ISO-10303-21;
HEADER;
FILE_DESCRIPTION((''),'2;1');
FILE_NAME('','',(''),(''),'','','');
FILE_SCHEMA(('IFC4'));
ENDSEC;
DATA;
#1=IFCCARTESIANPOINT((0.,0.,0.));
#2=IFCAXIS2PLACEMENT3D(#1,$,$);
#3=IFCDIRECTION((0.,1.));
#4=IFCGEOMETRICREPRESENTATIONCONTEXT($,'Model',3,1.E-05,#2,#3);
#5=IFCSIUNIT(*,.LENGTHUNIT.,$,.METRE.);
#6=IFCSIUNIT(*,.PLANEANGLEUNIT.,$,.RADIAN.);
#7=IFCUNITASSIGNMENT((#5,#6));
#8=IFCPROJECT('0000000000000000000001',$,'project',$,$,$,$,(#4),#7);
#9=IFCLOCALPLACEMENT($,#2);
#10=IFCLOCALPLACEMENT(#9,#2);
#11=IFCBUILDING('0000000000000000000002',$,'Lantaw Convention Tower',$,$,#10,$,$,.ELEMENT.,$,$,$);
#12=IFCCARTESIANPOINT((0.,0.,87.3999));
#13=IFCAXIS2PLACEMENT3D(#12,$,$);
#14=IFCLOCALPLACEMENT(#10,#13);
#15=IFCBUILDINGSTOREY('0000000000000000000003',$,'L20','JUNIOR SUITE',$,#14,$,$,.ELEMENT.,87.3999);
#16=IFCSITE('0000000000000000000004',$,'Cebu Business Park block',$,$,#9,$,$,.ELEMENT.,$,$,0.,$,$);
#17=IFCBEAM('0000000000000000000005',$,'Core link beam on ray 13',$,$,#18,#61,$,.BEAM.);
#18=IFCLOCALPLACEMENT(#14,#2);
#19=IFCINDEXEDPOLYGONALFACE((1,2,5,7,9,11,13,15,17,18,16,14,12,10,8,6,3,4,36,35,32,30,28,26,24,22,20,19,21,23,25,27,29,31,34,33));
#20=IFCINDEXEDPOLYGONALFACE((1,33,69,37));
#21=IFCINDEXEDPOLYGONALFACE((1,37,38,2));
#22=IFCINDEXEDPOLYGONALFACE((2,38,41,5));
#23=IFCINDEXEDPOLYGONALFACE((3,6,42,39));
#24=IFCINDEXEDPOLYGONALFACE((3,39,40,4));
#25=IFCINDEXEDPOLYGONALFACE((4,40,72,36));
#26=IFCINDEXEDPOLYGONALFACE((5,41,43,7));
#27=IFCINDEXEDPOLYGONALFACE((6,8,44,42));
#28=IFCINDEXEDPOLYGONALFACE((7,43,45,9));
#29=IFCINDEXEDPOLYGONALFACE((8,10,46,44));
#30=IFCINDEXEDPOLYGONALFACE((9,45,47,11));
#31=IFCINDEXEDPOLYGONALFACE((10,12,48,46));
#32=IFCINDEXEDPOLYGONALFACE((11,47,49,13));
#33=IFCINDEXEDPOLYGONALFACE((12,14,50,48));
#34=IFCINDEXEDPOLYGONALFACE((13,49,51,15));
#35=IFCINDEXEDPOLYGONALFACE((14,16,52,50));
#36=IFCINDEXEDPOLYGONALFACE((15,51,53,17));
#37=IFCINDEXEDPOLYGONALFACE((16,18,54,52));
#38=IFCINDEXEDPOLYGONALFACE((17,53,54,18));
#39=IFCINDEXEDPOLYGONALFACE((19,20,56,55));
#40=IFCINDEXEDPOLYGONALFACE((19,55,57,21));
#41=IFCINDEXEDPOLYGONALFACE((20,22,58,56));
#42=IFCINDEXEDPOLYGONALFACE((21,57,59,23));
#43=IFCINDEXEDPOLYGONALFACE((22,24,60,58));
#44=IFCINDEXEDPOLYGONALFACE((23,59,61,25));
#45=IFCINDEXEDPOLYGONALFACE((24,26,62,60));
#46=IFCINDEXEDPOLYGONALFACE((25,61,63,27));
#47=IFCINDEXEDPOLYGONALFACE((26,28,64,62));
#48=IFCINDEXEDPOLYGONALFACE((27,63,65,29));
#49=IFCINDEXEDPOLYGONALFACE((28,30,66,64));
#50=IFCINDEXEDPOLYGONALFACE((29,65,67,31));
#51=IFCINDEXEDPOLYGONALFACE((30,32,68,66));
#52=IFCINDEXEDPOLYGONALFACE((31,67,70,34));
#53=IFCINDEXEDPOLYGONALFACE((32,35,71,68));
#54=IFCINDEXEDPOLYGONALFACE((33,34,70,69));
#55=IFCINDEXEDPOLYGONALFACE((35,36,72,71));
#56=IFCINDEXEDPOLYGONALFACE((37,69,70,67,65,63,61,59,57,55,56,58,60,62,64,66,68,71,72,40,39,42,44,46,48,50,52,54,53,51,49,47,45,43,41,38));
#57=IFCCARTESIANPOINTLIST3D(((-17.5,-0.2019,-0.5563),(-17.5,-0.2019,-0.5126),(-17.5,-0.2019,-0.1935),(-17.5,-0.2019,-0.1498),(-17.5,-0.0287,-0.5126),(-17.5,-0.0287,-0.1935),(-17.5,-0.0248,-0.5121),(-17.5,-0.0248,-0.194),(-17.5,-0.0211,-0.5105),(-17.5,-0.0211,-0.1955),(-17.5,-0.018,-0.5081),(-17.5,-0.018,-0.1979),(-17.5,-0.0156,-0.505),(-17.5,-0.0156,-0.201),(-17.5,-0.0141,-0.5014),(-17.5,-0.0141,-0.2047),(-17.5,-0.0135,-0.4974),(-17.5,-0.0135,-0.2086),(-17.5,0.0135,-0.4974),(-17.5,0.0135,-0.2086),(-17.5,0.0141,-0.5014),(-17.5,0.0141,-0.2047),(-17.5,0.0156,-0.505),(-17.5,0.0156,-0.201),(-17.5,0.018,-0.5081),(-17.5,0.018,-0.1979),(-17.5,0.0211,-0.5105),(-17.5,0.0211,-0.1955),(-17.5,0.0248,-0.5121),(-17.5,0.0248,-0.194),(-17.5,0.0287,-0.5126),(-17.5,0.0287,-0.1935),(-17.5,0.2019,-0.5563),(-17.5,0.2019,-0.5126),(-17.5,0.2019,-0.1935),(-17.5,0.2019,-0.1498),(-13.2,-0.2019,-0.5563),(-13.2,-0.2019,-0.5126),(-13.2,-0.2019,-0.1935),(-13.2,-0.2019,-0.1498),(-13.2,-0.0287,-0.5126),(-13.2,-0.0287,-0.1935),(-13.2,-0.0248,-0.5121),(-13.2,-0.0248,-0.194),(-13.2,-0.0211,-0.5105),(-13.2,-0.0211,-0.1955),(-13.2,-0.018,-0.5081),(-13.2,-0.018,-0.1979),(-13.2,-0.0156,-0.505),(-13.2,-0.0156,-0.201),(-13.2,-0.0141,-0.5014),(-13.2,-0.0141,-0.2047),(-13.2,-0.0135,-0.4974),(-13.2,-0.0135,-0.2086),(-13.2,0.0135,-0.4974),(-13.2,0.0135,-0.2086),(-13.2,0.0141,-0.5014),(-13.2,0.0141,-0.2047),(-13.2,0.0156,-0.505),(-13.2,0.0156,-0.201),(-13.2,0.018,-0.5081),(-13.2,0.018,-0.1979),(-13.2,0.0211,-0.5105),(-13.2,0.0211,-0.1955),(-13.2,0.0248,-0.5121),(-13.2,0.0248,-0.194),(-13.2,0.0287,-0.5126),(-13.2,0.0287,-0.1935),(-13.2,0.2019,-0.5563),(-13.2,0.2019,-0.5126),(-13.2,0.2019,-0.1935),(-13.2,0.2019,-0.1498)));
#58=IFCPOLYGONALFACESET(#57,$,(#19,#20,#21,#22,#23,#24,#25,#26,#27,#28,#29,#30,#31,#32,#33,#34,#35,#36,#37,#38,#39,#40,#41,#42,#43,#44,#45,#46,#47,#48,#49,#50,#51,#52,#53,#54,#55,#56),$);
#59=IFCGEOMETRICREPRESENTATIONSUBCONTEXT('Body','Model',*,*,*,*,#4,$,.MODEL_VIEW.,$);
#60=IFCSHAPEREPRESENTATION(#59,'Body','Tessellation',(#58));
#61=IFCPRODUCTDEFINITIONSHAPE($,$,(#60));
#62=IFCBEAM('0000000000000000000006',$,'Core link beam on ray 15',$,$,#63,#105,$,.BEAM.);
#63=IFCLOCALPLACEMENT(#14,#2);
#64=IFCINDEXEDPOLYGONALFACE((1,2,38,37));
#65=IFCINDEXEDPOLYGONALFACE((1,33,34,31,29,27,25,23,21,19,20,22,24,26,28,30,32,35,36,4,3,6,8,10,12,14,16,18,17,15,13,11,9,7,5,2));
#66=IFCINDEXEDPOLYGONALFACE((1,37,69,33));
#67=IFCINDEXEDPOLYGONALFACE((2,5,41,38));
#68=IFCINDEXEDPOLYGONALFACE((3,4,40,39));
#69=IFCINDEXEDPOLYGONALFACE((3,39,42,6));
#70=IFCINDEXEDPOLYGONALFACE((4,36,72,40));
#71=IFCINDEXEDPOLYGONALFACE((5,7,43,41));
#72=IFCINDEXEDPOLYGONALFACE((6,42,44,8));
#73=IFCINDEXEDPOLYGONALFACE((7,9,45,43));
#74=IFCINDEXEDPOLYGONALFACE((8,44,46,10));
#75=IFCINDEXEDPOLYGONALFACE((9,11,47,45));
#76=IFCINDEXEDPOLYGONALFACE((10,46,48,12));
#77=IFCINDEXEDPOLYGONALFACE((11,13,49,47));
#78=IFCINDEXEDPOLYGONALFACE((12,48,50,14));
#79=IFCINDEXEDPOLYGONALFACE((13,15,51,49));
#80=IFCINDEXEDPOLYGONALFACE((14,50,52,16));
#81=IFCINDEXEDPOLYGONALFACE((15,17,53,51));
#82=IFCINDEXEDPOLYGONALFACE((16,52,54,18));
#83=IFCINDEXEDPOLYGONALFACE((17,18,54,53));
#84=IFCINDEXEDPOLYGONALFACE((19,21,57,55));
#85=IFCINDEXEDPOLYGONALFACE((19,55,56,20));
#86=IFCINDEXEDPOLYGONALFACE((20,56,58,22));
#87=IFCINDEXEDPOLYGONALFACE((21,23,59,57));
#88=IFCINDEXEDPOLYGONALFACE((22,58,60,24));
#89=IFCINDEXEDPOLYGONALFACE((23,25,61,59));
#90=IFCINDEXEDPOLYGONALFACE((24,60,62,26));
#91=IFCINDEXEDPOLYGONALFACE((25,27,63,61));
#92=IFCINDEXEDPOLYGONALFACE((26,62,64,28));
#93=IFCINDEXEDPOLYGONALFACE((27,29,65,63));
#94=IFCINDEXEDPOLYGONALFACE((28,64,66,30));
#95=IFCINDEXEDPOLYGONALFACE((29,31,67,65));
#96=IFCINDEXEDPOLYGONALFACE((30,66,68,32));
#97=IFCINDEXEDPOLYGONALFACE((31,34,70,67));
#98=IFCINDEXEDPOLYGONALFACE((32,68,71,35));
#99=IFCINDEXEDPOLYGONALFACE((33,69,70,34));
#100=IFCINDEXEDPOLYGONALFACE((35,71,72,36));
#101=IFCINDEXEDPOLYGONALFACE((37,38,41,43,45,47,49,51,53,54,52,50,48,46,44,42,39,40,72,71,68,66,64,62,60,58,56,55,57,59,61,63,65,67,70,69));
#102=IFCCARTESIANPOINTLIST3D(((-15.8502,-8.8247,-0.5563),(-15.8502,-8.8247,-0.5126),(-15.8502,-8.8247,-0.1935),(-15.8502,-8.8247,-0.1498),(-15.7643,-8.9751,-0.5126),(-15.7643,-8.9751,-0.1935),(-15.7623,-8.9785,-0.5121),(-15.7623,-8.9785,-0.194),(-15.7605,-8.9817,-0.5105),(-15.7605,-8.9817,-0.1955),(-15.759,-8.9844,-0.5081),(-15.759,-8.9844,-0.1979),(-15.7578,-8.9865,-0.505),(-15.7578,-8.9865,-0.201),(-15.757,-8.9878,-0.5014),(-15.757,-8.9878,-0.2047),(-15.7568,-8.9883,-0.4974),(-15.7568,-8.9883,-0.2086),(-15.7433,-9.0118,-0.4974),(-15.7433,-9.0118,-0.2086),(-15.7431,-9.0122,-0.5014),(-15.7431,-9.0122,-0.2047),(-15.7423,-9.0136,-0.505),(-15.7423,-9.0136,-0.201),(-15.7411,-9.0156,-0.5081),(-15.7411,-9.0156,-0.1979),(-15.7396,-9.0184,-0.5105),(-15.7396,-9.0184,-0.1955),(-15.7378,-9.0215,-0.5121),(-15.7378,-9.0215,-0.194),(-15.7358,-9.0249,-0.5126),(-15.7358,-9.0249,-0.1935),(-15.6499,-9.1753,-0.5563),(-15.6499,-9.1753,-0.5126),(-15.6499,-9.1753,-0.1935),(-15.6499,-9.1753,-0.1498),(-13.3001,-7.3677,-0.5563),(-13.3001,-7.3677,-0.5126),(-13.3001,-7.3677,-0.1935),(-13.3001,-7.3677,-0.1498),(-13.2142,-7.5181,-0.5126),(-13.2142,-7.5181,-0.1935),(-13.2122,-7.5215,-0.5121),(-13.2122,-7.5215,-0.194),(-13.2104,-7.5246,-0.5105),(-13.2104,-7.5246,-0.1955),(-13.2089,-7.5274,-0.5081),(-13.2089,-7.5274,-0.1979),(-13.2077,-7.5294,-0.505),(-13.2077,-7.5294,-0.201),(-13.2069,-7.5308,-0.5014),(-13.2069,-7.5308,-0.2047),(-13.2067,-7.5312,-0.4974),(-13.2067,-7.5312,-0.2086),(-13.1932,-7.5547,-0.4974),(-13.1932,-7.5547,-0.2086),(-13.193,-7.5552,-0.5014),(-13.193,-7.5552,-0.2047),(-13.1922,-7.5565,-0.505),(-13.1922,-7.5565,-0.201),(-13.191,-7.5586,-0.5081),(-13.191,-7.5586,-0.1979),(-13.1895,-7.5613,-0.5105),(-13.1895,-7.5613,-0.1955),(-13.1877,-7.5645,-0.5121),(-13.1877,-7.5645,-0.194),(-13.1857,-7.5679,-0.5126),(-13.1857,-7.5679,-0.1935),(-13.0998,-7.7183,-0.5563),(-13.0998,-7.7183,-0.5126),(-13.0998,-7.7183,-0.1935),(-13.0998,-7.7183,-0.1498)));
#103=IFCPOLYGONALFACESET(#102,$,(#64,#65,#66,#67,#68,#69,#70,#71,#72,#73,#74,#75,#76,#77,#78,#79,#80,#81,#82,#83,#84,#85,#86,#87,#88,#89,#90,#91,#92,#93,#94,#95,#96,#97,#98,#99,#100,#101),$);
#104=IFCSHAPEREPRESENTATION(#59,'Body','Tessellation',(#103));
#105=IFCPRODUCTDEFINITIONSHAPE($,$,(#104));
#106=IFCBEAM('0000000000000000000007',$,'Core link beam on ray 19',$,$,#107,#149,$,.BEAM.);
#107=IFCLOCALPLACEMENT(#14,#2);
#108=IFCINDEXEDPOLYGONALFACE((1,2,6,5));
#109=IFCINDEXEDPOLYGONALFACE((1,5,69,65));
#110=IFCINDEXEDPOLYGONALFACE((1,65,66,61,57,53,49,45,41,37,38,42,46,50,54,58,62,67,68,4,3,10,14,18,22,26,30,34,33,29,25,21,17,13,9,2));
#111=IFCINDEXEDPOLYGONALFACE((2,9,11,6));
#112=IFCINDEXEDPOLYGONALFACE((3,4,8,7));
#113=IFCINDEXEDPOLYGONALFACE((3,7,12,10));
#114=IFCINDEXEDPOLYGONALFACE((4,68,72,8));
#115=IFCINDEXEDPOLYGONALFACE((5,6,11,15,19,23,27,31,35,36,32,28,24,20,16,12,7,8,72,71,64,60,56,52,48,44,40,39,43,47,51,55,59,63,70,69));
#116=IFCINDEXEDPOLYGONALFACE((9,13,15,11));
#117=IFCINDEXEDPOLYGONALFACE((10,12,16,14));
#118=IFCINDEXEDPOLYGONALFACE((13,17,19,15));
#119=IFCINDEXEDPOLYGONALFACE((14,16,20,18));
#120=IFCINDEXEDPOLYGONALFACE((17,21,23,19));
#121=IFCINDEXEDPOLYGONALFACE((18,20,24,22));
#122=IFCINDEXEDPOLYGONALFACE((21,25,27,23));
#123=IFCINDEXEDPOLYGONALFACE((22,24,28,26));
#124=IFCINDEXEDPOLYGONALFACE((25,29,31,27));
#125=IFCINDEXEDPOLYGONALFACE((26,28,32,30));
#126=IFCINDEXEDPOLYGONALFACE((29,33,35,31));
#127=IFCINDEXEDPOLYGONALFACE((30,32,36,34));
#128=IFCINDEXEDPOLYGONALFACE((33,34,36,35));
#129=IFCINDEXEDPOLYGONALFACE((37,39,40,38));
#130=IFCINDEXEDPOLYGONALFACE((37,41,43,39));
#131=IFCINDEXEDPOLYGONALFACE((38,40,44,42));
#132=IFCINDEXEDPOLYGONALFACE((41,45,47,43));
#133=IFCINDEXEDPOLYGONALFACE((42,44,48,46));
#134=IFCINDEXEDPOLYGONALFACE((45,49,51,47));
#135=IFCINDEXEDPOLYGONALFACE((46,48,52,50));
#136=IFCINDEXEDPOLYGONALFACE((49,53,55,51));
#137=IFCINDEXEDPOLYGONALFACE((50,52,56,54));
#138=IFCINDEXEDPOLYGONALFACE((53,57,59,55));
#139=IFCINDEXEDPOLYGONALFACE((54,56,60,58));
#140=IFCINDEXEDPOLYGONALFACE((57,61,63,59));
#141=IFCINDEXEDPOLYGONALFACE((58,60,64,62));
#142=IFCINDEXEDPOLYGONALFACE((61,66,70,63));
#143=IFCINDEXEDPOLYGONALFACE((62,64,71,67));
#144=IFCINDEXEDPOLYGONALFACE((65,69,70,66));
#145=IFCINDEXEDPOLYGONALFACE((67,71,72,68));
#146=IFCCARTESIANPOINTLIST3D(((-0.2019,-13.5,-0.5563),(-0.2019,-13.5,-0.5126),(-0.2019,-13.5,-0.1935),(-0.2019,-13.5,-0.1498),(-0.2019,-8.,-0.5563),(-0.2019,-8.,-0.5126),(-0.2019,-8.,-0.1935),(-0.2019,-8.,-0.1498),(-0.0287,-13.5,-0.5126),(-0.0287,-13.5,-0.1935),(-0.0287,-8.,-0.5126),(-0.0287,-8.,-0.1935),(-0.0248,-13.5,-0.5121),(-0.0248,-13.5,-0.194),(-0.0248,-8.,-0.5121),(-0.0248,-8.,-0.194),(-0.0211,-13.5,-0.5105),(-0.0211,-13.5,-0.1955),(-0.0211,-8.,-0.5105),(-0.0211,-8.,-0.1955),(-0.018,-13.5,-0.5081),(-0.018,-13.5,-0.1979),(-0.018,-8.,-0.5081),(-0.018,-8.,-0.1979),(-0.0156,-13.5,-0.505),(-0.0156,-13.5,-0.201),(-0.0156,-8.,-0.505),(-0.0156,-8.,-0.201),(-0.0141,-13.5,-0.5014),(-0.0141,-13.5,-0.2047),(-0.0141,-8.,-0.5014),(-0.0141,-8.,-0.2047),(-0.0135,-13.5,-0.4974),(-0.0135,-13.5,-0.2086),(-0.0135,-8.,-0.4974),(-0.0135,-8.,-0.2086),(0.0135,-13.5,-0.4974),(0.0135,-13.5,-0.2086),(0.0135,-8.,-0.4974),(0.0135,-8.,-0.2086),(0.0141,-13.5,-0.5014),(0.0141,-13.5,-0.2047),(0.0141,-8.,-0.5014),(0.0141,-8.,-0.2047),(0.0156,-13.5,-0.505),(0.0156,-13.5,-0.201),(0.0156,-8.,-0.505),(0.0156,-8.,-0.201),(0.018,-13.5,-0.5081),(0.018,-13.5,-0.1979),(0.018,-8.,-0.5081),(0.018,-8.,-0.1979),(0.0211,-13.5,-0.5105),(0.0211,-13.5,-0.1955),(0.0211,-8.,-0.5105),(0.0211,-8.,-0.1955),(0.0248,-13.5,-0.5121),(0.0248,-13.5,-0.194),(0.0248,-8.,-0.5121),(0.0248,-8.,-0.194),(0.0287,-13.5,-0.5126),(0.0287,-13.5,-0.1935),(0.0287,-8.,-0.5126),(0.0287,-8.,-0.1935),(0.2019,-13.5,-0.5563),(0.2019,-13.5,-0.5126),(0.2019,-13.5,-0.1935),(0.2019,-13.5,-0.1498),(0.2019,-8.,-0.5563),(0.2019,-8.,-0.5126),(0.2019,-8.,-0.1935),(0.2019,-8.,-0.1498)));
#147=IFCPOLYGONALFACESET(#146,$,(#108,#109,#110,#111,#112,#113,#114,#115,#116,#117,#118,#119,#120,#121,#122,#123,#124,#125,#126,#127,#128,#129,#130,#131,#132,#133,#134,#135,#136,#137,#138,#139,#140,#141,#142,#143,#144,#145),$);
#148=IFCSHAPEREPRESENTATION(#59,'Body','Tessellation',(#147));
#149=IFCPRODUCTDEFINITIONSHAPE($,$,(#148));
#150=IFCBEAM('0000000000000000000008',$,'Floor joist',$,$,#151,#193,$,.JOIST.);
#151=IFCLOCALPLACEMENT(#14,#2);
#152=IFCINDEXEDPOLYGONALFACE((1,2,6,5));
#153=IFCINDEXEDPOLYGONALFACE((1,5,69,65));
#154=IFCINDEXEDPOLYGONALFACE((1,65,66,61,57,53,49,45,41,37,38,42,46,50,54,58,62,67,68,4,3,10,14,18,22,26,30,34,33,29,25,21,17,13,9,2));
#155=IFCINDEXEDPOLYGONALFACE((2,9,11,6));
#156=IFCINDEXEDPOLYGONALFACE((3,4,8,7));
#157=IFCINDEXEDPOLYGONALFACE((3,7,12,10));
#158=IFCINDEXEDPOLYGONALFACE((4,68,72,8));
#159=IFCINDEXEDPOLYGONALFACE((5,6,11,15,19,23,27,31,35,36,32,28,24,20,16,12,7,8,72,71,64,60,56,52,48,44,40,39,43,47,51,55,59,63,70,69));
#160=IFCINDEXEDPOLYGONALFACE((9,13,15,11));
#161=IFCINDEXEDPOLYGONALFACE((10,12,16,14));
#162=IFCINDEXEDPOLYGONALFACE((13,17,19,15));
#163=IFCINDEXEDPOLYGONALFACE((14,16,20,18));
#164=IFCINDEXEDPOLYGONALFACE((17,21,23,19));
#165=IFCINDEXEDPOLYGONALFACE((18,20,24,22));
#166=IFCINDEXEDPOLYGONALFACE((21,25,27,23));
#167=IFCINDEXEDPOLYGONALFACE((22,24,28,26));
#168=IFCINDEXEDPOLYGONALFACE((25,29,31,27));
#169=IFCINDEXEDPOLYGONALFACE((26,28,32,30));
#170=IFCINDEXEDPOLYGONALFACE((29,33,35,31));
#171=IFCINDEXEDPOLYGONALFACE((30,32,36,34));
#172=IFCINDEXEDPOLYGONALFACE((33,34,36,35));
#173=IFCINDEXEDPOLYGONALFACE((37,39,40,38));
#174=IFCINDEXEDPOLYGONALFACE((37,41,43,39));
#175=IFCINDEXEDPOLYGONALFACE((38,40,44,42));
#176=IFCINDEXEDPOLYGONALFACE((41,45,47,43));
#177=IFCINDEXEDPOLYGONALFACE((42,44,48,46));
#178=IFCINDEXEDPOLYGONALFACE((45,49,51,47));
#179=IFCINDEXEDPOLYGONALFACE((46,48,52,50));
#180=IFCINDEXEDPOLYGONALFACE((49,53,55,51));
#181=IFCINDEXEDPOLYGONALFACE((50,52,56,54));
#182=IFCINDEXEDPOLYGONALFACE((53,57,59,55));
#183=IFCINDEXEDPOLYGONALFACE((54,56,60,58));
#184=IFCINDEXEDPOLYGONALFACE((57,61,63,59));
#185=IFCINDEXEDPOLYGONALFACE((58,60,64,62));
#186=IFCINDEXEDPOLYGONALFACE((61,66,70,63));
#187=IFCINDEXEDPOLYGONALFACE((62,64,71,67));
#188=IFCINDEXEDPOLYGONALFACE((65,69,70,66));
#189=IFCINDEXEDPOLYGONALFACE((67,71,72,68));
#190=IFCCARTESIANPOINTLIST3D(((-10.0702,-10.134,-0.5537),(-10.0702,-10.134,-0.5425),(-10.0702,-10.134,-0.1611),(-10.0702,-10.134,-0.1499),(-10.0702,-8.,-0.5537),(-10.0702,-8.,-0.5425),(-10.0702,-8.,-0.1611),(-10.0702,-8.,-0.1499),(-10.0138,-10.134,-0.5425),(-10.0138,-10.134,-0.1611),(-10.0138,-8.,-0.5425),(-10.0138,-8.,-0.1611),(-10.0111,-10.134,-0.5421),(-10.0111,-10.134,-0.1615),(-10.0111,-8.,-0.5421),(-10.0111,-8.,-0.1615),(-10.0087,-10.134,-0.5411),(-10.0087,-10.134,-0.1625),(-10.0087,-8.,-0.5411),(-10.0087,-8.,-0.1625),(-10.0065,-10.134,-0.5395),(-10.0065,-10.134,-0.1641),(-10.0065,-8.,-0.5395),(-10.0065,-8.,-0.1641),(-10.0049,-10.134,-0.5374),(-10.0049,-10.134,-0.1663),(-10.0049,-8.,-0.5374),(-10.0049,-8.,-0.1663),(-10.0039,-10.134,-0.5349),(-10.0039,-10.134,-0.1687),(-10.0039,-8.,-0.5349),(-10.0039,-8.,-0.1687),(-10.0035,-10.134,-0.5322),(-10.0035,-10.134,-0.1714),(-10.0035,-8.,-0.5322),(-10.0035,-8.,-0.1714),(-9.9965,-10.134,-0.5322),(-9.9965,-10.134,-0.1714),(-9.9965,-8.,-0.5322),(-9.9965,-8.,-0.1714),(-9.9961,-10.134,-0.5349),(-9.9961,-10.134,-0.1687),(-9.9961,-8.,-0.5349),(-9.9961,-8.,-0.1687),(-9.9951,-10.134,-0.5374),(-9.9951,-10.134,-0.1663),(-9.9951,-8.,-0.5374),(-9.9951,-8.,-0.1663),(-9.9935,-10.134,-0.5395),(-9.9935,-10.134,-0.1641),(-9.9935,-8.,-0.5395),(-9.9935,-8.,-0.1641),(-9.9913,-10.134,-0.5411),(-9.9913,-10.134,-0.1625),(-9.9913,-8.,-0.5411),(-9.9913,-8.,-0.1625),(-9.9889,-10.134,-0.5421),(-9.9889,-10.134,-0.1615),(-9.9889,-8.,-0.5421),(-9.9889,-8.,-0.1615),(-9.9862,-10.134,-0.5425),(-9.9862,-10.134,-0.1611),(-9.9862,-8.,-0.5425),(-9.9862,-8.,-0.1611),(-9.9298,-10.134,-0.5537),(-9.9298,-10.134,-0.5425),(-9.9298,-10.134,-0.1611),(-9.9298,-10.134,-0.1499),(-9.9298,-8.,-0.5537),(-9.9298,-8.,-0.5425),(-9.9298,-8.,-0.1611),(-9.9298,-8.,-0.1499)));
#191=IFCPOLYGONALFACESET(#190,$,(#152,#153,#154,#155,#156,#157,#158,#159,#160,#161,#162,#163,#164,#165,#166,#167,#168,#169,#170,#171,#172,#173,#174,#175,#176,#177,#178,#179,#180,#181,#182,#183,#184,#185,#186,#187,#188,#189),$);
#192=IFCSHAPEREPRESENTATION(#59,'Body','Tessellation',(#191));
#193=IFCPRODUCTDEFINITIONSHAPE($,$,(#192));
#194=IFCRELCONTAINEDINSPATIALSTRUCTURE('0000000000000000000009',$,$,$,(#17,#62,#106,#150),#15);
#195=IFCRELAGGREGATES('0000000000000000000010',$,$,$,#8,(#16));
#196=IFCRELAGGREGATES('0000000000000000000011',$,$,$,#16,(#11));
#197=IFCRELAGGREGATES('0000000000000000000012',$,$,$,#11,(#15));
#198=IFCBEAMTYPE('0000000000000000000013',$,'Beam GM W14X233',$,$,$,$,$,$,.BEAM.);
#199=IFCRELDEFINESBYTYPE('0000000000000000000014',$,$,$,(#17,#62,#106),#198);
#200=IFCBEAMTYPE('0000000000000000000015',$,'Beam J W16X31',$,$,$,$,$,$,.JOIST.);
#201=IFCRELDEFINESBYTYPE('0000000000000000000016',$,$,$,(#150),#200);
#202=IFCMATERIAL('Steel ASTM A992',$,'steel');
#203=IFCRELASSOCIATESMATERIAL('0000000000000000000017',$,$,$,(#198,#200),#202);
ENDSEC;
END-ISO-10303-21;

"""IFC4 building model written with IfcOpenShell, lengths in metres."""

from ifc_helpers import new_model, si_unit, direction, frame, origin, origin_2d, place, context, subcontext, project, spatial, i_section, extrude, material, material_profile, profile_set, type_object, element, save


model = new_model("IFC4")

# Units and contexts
model_context = context("Model", 3, precision=1e-05, world=origin(), true_north=direction((0.0, 1.0)))
body_context = subcontext(model_context, "Body", "Model", "MODEL_VIEW")
ifc_project = project(units=[si_unit("LENGTHUNIT", "METRE"), si_unit("PLANEANGLEUNIT", "RADIAN")], contexts=[model_context])

# Site, building, storey
site_placement = place(None, origin())
site = spatial("IfcSite", under=ifc_project, at=site_placement, Name="Cebu Business Park block", CompositionType="ELEMENT", RefElevation=0.0)
building_placement = place(site_placement, origin())
building = spatial("IfcBuilding", under=site, at=building_placement, Name="Lantaw Convention Tower", CompositionType="ELEMENT")
storey_placement = place(building_placement, frame((0.0, 0.0, 87.3999)))
storey = spatial("IfcBuildingStorey", under=building, at=storey_placement, Name="L20", Description="JUNIOR SUITE", CompositionType="ELEMENT", Elevation=87.3999)

# Beams
ifc_material_1 = material(Name="Steel ASTM A992", Category="steel")
ifc_material_profile_1 = material_profile(ifc_material_1, i_section(OverallWidth=0.4038, OverallDepth=0.4065, WebThickness=0.0271, FlangeThickness=0.0437, FilletRadius=0.0151, at=origin_2d()), Name="W14X233")
ifc_profile_set_1 = profile_set([ifc_material_profile_1], Name="Steel ASTM A992")
beam_type_1 = type_object("IfcBeamType", Name="Beam GM W14X233", PredefinedType="BEAM", material=ifc_profile_set_1)
beam_1_placement = place(storey_placement, frame((-13.2, 0.0, -0.353), z_axis=(-1.0, 0.0, 0.0), x_axis=(0.0, -1.0, 0.0)))
element("IfcBeam", 1, at=beam_1_placement, inside=storey, type_object=beam_type_1, Name="Core link beam on ray 13", PredefinedType="BEAM", context=body_context, shape_type="SweptSolid", body=[
    extrude(i_section(OverallWidth=0.4038, OverallDepth=0.4065, WebThickness=0.0271, FlangeThickness=0.0437, FilletRadius=0.0151, at=origin_2d()), origin(), (0.0, 0.0, 1.0), 4.3),
])
beam_2_placement = place(storey_placement, frame((-13.2, -7.543, -0.353), z_axis=(-0.868264, -0.496103, 0.0), x_axis=(0.496103, -0.868264, 0.0)))
element("IfcBeam", 2, at=beam_2_placement, inside=storey, type_object=beam_type_1, Name="Core link beam on ray 15", PredefinedType="BEAM", context=body_context, shape_type="SweptSolid", body=[
    extrude(i_section(OverallWidth=0.4038, OverallDepth=0.4065, WebThickness=0.0271, FlangeThickness=0.0437, FilletRadius=0.0151, at=origin_2d()), origin(), (0.0, 0.0, 1.0), 2.937),
])
beam_3_placement = place(storey_placement, frame((0.0, -8.0, -0.353), z_axis=(0.0, -1.0, 0.0), x_axis=(1.0, 0.0, 0.0)))
element("IfcBeam", 3, at=beam_3_placement, inside=storey, type_object=beam_type_1, Name="Core link beam on ray 19", PredefinedType="BEAM", context=body_context, shape_type="SweptSolid", body=[
    extrude(i_section(OverallWidth=0.4038, OverallDepth=0.4065, WebThickness=0.0271, FlangeThickness=0.0437, FilletRadius=0.0151, at=origin_2d()), origin(), (0.0, 0.0, 1.0), 5.5),
])
ifc_material_profile_2 = material_profile(ifc_material_1, i_section(OverallWidth=0.1404, OverallDepth=0.4038, WebThickness=0.0071, FlangeThickness=0.0112, FilletRadius=0.0103, at=origin_2d()), Name="W16X31")
ifc_profile_set_2 = profile_set([ifc_material_profile_2], Name="Steel ASTM A992")
beam_type_2 = type_object("IfcBeamType", Name="Beam J W16X31", PredefinedType="JOIST", material=ifc_profile_set_2)
beam_4_placement = place(storey_placement, frame((-10.0, -10.134, -0.3518), z_axis=(0.0, 1.0, 0.0), x_axis=(-1.0, 0.0, 0.0)))
element("IfcBeam", 4, at=beam_4_placement, inside=storey, type_object=beam_type_2, Name="Floor joist", PredefinedType="JOIST", context=body_context, shape_type="SweptSolid", body=[
    extrude(i_section(OverallWidth=0.1404, OverallDepth=0.4038, WebThickness=0.0071, FlangeThickness=0.0112, FilletRadius=0.0103, at=origin_2d()), origin(), (0.0, 0.0, 1.0), 2.134),
])

save(model, "model.ifc")
